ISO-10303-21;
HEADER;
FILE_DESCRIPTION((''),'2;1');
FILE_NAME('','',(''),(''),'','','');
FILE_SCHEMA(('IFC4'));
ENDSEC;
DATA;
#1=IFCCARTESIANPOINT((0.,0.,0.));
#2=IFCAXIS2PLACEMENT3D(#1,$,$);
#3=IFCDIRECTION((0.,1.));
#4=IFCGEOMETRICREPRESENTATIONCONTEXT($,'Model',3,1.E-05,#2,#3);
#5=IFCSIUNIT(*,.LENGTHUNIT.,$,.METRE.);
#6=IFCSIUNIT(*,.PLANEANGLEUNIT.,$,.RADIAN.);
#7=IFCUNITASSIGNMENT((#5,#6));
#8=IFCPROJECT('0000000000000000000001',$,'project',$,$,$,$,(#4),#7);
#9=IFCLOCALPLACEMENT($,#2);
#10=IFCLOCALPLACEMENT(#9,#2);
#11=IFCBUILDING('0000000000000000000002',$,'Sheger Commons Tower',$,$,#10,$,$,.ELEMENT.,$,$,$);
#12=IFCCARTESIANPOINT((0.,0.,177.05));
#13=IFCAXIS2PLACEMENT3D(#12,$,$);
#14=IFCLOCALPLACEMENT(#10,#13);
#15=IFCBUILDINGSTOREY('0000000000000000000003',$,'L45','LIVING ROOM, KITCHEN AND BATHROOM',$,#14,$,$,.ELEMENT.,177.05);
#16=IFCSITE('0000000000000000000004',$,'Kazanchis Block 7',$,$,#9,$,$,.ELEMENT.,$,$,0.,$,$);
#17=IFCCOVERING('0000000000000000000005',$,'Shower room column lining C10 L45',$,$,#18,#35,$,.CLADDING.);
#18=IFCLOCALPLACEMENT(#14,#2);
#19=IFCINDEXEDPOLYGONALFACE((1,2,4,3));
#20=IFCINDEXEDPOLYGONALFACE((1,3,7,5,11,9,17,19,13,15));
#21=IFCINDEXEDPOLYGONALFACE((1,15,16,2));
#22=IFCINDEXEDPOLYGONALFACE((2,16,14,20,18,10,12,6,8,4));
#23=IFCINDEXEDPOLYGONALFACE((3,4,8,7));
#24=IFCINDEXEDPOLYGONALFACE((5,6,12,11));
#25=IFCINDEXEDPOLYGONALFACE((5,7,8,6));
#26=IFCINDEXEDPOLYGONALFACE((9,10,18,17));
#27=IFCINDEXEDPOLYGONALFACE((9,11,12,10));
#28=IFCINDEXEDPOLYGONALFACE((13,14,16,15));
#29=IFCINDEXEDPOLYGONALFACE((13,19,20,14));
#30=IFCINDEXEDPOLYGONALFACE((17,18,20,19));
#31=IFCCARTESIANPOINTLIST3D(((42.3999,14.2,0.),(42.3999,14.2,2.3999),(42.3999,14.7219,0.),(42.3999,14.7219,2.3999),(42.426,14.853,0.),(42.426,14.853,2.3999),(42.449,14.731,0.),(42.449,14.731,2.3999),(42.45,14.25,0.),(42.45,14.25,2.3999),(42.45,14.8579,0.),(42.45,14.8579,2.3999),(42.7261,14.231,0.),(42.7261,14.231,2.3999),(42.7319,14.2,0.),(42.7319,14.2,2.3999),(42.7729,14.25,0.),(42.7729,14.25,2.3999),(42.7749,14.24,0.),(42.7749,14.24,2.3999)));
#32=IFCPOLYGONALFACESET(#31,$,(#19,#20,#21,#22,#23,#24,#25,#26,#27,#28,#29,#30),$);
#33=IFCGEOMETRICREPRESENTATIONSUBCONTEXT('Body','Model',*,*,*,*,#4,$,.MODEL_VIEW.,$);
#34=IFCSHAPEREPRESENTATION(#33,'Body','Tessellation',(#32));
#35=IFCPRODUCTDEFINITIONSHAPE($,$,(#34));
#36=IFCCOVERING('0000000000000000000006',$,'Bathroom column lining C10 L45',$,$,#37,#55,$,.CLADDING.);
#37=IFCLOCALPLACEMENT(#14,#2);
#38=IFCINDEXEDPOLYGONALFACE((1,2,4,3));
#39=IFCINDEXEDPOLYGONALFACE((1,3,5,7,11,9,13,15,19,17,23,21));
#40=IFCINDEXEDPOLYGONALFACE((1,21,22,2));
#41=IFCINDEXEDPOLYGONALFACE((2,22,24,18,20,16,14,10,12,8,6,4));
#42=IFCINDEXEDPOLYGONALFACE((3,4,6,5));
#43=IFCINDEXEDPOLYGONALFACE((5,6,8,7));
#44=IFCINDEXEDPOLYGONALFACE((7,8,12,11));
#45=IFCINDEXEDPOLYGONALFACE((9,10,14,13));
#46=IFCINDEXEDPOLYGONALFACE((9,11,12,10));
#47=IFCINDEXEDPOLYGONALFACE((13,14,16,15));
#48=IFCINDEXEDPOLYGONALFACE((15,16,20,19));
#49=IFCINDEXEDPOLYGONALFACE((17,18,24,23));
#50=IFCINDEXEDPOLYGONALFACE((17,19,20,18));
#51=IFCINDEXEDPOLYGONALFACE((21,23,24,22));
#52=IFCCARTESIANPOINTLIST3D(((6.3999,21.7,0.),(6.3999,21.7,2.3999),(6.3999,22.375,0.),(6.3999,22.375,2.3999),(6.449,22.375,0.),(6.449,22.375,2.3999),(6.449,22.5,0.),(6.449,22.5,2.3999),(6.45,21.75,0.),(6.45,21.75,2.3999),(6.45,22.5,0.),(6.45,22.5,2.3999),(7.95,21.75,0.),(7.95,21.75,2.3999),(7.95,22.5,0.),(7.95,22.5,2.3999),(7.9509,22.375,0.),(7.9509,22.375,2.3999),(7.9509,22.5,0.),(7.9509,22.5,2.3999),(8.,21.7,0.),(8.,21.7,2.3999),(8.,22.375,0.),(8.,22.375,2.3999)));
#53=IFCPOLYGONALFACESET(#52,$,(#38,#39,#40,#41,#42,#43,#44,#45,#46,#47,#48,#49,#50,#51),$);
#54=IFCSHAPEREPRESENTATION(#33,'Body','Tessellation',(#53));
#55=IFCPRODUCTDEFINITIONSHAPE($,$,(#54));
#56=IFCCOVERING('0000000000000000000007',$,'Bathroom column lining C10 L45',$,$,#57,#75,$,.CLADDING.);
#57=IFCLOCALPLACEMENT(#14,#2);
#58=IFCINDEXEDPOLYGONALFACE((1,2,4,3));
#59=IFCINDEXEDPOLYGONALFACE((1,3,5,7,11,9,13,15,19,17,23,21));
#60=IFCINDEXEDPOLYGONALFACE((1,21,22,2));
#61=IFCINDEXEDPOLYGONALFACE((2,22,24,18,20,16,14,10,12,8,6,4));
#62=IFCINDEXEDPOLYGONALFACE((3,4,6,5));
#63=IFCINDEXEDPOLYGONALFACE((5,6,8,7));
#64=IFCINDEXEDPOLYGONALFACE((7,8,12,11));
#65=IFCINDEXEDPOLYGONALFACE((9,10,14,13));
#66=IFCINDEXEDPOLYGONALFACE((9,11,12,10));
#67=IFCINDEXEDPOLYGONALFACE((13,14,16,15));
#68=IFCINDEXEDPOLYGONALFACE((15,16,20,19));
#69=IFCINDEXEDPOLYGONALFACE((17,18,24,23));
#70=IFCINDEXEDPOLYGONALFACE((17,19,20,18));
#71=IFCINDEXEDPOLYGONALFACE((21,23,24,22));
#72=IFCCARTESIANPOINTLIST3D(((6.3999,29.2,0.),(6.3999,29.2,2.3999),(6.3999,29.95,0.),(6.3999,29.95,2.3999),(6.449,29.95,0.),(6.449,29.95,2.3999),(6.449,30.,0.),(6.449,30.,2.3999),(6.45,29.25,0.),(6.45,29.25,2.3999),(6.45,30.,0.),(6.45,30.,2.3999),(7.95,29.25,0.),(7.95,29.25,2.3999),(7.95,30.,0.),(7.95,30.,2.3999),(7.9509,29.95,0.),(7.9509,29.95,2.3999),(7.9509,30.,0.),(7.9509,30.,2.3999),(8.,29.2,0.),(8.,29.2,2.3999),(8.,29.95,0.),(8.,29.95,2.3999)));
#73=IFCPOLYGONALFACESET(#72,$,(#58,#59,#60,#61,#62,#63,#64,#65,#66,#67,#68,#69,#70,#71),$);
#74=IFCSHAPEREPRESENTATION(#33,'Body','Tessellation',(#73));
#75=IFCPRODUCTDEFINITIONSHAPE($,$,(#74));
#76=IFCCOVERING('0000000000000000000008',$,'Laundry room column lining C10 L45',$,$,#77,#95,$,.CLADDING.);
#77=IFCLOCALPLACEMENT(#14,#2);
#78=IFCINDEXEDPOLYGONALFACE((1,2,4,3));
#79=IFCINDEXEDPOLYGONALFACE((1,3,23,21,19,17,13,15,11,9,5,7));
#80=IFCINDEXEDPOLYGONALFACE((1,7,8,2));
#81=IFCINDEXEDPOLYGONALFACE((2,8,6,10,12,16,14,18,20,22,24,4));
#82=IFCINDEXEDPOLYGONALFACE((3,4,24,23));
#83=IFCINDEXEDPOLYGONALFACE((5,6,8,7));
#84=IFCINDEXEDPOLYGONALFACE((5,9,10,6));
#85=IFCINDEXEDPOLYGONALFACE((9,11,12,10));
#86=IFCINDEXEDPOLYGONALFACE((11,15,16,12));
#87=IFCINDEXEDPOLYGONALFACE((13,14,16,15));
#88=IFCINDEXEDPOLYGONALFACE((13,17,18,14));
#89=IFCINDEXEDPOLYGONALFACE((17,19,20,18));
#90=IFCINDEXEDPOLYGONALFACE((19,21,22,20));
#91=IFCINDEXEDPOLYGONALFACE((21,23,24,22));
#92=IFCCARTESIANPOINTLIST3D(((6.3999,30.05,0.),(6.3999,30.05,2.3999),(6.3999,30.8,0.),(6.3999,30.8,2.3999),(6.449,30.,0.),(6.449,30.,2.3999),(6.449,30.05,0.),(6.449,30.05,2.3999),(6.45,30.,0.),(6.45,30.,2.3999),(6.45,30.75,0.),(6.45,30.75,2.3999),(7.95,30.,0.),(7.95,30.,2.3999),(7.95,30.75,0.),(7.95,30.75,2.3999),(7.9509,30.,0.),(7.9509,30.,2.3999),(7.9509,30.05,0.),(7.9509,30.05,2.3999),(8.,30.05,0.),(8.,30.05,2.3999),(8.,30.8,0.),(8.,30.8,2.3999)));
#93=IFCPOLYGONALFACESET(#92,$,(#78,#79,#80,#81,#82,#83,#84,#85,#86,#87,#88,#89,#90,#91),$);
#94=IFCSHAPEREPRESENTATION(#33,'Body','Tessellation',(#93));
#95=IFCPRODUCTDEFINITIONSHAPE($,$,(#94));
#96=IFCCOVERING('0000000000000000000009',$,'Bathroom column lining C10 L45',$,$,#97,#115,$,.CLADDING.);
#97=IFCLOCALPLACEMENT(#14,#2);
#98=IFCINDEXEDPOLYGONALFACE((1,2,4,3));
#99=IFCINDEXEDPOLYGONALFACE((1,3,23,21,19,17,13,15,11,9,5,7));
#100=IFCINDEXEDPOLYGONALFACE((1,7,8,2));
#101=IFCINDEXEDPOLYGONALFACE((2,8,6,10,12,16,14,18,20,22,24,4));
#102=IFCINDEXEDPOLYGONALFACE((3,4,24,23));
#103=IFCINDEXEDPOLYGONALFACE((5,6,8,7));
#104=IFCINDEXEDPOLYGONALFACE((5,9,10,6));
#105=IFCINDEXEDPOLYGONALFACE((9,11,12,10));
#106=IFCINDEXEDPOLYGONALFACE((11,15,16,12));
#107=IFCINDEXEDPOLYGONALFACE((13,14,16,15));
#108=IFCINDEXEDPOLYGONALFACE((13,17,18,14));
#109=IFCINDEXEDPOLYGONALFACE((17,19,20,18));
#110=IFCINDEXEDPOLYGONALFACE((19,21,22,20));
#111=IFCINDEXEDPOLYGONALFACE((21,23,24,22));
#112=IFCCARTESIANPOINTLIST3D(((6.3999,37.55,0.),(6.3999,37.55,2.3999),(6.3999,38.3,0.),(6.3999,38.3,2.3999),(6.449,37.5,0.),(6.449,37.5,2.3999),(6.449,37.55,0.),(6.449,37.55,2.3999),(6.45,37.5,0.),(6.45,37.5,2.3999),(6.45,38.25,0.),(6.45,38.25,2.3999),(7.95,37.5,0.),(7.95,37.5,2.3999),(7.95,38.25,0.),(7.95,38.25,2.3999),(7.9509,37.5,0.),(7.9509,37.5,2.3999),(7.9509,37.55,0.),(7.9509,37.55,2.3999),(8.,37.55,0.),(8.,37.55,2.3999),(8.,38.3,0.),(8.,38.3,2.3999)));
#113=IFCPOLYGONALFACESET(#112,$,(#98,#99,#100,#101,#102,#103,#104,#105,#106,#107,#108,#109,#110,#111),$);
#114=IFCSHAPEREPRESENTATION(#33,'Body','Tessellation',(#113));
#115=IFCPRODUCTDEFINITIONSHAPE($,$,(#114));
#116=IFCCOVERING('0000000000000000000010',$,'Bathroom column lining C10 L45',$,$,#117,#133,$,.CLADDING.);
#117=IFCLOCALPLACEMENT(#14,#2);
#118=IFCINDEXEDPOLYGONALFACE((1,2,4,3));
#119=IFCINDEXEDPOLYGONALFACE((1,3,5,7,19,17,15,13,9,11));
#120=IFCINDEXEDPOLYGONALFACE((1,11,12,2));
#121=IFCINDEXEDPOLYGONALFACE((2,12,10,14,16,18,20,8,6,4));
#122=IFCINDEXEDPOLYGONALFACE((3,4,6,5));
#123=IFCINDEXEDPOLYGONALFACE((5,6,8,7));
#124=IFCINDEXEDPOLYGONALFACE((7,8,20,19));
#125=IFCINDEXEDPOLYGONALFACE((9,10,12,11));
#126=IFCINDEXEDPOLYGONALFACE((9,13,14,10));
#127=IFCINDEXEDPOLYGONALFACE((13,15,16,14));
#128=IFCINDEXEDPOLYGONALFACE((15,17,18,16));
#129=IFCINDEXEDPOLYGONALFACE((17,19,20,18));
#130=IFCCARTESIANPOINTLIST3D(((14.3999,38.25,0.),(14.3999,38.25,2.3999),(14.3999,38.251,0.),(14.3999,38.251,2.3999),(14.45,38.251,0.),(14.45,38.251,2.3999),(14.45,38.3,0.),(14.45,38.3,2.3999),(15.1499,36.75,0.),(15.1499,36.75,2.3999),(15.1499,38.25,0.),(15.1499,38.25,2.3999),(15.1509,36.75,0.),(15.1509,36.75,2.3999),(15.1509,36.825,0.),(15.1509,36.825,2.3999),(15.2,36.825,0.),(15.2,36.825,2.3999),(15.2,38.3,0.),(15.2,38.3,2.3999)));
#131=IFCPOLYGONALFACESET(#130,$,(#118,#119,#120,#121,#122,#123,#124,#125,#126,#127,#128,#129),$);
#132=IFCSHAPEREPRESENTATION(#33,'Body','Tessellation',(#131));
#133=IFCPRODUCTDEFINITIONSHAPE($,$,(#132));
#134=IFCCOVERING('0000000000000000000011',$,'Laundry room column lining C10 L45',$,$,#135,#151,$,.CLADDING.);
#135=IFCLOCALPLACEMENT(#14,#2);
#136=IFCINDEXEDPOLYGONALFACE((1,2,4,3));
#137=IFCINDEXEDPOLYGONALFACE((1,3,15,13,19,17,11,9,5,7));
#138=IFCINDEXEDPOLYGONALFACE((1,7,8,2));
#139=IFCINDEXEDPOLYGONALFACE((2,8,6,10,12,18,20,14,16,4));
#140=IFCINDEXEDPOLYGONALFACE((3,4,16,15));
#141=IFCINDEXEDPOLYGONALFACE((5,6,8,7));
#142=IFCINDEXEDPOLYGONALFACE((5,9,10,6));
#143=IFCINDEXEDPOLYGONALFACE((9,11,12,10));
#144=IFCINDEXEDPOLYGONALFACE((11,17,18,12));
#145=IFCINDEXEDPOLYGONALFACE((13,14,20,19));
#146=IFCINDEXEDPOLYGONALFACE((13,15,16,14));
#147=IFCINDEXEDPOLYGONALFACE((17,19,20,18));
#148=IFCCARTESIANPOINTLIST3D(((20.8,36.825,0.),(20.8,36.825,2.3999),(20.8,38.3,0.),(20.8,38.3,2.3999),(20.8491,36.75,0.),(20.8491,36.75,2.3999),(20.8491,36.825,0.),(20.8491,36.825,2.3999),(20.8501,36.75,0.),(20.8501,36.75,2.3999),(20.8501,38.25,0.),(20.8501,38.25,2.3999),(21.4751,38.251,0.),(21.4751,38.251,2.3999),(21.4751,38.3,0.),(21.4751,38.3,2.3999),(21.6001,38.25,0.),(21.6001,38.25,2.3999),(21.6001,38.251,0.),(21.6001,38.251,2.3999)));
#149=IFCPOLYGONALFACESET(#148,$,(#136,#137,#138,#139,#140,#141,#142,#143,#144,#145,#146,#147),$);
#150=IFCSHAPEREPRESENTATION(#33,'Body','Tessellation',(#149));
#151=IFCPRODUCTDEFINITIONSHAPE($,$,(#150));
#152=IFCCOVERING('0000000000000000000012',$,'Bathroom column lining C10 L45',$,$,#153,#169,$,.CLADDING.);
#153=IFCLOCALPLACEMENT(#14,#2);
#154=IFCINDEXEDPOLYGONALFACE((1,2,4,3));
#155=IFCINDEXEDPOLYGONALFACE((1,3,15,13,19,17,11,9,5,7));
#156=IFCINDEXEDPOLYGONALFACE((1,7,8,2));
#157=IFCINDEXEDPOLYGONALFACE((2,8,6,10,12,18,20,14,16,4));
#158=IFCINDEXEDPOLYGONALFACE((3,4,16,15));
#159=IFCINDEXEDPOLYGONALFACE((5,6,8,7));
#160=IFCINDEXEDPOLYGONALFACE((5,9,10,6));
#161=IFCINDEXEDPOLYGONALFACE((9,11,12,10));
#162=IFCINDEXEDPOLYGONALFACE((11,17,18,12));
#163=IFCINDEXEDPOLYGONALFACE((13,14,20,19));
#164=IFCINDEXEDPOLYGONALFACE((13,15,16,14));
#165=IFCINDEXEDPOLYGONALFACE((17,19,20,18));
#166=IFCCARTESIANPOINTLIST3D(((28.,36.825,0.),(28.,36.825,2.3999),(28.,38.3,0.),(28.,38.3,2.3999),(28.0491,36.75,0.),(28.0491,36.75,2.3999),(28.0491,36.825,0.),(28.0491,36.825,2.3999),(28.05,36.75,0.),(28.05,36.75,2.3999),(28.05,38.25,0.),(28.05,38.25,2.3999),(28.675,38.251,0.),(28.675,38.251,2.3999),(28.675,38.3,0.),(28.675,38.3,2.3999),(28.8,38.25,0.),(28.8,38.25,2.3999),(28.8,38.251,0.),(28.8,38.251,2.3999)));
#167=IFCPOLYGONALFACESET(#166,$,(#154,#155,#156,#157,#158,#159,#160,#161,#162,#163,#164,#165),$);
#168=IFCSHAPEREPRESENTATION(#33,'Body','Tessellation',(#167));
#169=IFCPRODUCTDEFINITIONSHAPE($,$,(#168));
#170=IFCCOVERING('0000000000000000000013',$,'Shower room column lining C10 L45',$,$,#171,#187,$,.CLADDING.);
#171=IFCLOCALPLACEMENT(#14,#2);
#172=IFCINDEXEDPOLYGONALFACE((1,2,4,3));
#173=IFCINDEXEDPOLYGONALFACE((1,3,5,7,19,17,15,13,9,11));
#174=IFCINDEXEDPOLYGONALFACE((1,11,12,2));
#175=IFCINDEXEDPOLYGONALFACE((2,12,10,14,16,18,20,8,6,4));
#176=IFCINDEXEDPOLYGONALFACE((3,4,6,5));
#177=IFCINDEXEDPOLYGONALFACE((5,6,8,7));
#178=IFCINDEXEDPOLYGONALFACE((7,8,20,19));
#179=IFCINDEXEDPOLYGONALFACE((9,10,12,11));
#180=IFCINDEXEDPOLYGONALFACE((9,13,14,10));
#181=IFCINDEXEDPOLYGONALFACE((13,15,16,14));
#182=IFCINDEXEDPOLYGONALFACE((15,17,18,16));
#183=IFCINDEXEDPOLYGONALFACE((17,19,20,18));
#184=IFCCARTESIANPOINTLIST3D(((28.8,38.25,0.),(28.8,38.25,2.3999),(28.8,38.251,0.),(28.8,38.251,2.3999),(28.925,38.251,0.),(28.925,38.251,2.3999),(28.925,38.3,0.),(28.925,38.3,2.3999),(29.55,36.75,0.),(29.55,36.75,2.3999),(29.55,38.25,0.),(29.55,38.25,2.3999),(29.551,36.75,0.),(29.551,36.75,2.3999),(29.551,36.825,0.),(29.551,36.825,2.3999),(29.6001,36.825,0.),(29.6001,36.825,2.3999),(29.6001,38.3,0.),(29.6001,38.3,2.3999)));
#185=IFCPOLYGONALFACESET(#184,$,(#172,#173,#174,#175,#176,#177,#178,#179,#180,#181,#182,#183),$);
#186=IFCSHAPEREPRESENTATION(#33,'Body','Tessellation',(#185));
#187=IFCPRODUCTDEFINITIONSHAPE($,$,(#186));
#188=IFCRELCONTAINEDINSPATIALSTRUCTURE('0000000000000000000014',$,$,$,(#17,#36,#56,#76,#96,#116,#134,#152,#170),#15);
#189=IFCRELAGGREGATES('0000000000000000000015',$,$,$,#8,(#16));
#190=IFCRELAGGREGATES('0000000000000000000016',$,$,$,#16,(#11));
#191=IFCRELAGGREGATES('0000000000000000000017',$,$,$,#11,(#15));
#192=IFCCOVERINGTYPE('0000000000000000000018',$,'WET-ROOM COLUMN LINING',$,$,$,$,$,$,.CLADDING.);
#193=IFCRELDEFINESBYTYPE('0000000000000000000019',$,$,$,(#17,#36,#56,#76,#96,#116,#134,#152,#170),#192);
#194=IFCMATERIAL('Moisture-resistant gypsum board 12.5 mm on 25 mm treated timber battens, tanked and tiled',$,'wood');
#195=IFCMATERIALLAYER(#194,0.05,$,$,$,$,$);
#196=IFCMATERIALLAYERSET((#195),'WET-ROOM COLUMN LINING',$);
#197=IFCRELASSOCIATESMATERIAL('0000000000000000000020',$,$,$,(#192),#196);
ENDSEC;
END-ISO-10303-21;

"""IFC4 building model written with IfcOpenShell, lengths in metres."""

from ifc_helpers import new_model, si_unit, direction, frame, origin, place, context, subcontext, project, spatial, polyline, outline, extrude, material, layer, layer_set, type_object, element, save


model = new_model("IFC4")

# Units and contexts
model_context = context("Model", 3, precision=1e-05, world=origin(), true_north=direction((0.0, 1.0)))
body_context = subcontext(model_context, "Body", "Model", "MODEL_VIEW")
ifc_project = project(units=[si_unit("LENGTHUNIT", "METRE"), si_unit("PLANEANGLEUNIT", "RADIAN")], contexts=[model_context])

# Site, building, storey
site_placement = place(None, origin())
site = spatial("IfcSite", under=ifc_project, at=site_placement, Name="Kazanchis Block 7", CompositionType="ELEMENT", RefElevation=0.0)
building_placement = place(site_placement, origin())
building = spatial("IfcBuilding", under=site, at=building_placement, Name="Sheger Commons Tower", CompositionType="ELEMENT")
storey_placement = place(building_placement, frame((0.0, 0.0, 177.05)))
storey = spatial("IfcBuildingStorey", under=building, at=storey_placement, Name="L45", Description="LIVING ROOM, KITCHEN AND BATHROOM", CompositionType="ELEMENT", Elevation=177.05)

# Coverings
ifc_material_1 = material(Name="Moisture-resistant gypsum board 12.5 mm on 25 mm treated timber battens, tanked and tiled", Category="wood")
ifc_layer_1 = layer(ifc_material_1, 0.05)
ifc_layer_set_1 = layer_set([ifc_layer_1], Name="WET-ROOM COLUMN LINING")
covering_type_1 = type_object("IfcCoveringType", Name="WET-ROOM COLUMN LINING", PredefinedType="CLADDING", material=ifc_layer_set_1)
covering_1_placement = place(storey_placement, origin())
element("IfcCovering", 1, at=covering_1_placement, inside=storey, type_object=covering_type_1, Name="Shower room column lining C10 L45", PredefinedType="CLADDING", context=body_context, shape_type="SweptSolid", body=[
    extrude(outline(polyline([(42.45, 14.8579), (42.45, 14.25), (42.7729, 14.25), (42.7749, 14.24), (42.7261, 14.231), (42.7319, 14.2), (42.3999, 14.2), (42.3999, 14.7219), (42.449, 14.731), (42.426, 14.853), (42.45, 14.8579)])), origin(), (0.0, 0.0, 1.0), 2.3999),
])
covering_2_placement = place(storey_placement, origin())
element("IfcCovering", 2, at=covering_2_placement, inside=storey, type_object=covering_type_1, Name="Bathroom column lining C10 L45", PredefinedType="CLADDING", context=body_context, shape_type="SweptSolid", body=[
    extrude(outline(polyline([(6.45, 22.5), (6.45, 21.75), (7.95, 21.75), (7.95, 22.5), (7.9509, 22.5), (7.9509, 22.375), (8.0, 22.375), (8.0, 21.7), (6.3999, 21.7), (6.3999, 22.375), (6.449, 22.375), (6.449, 22.5), (6.45, 22.5)])), origin(), (0.0, 0.0, 1.0), 2.3999),
])
covering_3_placement = place(storey_placement, origin())
element("IfcCovering", 3, at=covering_3_placement, inside=storey, type_object=covering_type_1, Name="Bathroom column lining C10 L45", PredefinedType="CLADDING", context=body_context, shape_type="SweptSolid", body=[
    extrude(outline(polyline([(6.45, 30.0), (6.45, 29.25), (7.95, 29.25), (7.95, 30.0), (7.9509, 30.0), (7.9509, 29.95), (8.0, 29.95), (8.0, 29.2), (6.3999, 29.2), (6.3999, 29.95), (6.449, 29.95), (6.449, 30.0), (6.45, 30.0)])), origin(), (0.0, 0.0, 1.0), 2.3999),
])
covering_4_placement = place(storey_placement, origin())
element("IfcCovering", 4, at=covering_4_placement, inside=storey, type_object=covering_type_1, Name="Laundry room column lining C10 L45", PredefinedType="CLADDING", context=body_context, shape_type="SweptSolid", body=[
    extrude(outline(polyline([(8.0, 30.8), (8.0, 30.05), (7.9509, 30.05), (7.9509, 30.0), (7.95, 30.0), (7.95, 30.75), (6.45, 30.75), (6.45, 30.0), (6.449, 30.0), (6.449, 30.05), (6.3999, 30.05), (6.3999, 30.8), (8.0, 30.8)])), origin(), (0.0, 0.0, 1.0), 2.3999),
])
covering_5_placement = place(storey_placement, origin())
element("IfcCovering", 5, at=covering_5_placement, inside=storey, type_object=covering_type_1, Name="Bathroom column lining C10 L45", PredefinedType="CLADDING", context=body_context, shape_type="SweptSolid", body=[
    extrude(outline(polyline([(8.0, 38.3), (8.0, 37.55), (7.9509, 37.55), (7.9509, 37.5), (7.95, 37.5), (7.95, 38.25), (6.45, 38.25), (6.45, 37.5), (6.449, 37.5), (6.449, 37.55), (6.3999, 37.55), (6.3999, 38.3), (8.0, 38.3)])), origin(), (0.0, 0.0, 1.0), 2.3999),
])
covering_6_placement = place(storey_placement, origin())
element("IfcCovering", 6, at=covering_6_placement, inside=storey, type_object=covering_type_1, Name="Bathroom column lining C10 L45", PredefinedType="CLADDING", context=body_context, shape_type="SweptSolid", body=[
    extrude(outline(polyline([(15.2, 36.825), (15.1509, 36.825), (15.1509, 36.75), (15.1499, 36.75), (15.1499, 38.25), (14.3999, 38.25), (14.3999, 38.251), (14.45, 38.251), (14.45, 38.3), (15.2, 38.3), (15.2, 36.825)])), origin(), (0.0, 0.0, 1.0), 2.3999),
])
covering_7_placement = place(storey_placement, origin())
element("IfcCovering", 7, at=covering_7_placement, inside=storey, type_object=covering_type_1, Name="Laundry room column lining C10 L45", PredefinedType="CLADDING", context=body_context, shape_type="SweptSolid", body=[
    extrude(outline(polyline([(21.4751, 38.3), (21.4751, 38.251), (21.6001, 38.251), (21.6001, 38.25), (20.8501, 38.25), (20.8501, 36.75), (20.8491, 36.75), (20.8491, 36.825), (20.8, 36.825), (20.8, 38.3), (21.4751, 38.3)])), origin(), (0.0, 0.0, 1.0), 2.3999),
])
covering_8_placement = place(storey_placement, origin())
element("IfcCovering", 8, at=covering_8_placement, inside=storey, type_object=covering_type_1, Name="Bathroom column lining C10 L45", PredefinedType="CLADDING", context=body_context, shape_type="SweptSolid", body=[
    extrude(outline(polyline([(28.675, 38.3), (28.675, 38.251), (28.8, 38.251), (28.8, 38.25), (28.05, 38.25), (28.05, 36.75), (28.0491, 36.75), (28.0491, 36.825), (28.0, 36.825), (28.0, 38.3), (28.675, 38.3)])), origin(), (0.0, 0.0, 1.0), 2.3999),
])
covering_9_placement = place(storey_placement, origin())
element("IfcCovering", 9, at=covering_9_placement, inside=storey, type_object=covering_type_1, Name="Shower room column lining C10 L45", PredefinedType="CLADDING", context=body_context, shape_type="SweptSolid", body=[
    extrude(outline(polyline([(29.6001, 36.825), (29.551, 36.825), (29.551, 36.75), (29.55, 36.75), (29.55, 38.25), (28.8, 38.25), (28.8, 38.251), (28.925, 38.251), (28.925, 38.3), (29.6001, 38.3), (29.6001, 36.825)])), origin(), (0.0, 0.0, 1.0), 2.3999),
])

save(model, "model.ifc")
